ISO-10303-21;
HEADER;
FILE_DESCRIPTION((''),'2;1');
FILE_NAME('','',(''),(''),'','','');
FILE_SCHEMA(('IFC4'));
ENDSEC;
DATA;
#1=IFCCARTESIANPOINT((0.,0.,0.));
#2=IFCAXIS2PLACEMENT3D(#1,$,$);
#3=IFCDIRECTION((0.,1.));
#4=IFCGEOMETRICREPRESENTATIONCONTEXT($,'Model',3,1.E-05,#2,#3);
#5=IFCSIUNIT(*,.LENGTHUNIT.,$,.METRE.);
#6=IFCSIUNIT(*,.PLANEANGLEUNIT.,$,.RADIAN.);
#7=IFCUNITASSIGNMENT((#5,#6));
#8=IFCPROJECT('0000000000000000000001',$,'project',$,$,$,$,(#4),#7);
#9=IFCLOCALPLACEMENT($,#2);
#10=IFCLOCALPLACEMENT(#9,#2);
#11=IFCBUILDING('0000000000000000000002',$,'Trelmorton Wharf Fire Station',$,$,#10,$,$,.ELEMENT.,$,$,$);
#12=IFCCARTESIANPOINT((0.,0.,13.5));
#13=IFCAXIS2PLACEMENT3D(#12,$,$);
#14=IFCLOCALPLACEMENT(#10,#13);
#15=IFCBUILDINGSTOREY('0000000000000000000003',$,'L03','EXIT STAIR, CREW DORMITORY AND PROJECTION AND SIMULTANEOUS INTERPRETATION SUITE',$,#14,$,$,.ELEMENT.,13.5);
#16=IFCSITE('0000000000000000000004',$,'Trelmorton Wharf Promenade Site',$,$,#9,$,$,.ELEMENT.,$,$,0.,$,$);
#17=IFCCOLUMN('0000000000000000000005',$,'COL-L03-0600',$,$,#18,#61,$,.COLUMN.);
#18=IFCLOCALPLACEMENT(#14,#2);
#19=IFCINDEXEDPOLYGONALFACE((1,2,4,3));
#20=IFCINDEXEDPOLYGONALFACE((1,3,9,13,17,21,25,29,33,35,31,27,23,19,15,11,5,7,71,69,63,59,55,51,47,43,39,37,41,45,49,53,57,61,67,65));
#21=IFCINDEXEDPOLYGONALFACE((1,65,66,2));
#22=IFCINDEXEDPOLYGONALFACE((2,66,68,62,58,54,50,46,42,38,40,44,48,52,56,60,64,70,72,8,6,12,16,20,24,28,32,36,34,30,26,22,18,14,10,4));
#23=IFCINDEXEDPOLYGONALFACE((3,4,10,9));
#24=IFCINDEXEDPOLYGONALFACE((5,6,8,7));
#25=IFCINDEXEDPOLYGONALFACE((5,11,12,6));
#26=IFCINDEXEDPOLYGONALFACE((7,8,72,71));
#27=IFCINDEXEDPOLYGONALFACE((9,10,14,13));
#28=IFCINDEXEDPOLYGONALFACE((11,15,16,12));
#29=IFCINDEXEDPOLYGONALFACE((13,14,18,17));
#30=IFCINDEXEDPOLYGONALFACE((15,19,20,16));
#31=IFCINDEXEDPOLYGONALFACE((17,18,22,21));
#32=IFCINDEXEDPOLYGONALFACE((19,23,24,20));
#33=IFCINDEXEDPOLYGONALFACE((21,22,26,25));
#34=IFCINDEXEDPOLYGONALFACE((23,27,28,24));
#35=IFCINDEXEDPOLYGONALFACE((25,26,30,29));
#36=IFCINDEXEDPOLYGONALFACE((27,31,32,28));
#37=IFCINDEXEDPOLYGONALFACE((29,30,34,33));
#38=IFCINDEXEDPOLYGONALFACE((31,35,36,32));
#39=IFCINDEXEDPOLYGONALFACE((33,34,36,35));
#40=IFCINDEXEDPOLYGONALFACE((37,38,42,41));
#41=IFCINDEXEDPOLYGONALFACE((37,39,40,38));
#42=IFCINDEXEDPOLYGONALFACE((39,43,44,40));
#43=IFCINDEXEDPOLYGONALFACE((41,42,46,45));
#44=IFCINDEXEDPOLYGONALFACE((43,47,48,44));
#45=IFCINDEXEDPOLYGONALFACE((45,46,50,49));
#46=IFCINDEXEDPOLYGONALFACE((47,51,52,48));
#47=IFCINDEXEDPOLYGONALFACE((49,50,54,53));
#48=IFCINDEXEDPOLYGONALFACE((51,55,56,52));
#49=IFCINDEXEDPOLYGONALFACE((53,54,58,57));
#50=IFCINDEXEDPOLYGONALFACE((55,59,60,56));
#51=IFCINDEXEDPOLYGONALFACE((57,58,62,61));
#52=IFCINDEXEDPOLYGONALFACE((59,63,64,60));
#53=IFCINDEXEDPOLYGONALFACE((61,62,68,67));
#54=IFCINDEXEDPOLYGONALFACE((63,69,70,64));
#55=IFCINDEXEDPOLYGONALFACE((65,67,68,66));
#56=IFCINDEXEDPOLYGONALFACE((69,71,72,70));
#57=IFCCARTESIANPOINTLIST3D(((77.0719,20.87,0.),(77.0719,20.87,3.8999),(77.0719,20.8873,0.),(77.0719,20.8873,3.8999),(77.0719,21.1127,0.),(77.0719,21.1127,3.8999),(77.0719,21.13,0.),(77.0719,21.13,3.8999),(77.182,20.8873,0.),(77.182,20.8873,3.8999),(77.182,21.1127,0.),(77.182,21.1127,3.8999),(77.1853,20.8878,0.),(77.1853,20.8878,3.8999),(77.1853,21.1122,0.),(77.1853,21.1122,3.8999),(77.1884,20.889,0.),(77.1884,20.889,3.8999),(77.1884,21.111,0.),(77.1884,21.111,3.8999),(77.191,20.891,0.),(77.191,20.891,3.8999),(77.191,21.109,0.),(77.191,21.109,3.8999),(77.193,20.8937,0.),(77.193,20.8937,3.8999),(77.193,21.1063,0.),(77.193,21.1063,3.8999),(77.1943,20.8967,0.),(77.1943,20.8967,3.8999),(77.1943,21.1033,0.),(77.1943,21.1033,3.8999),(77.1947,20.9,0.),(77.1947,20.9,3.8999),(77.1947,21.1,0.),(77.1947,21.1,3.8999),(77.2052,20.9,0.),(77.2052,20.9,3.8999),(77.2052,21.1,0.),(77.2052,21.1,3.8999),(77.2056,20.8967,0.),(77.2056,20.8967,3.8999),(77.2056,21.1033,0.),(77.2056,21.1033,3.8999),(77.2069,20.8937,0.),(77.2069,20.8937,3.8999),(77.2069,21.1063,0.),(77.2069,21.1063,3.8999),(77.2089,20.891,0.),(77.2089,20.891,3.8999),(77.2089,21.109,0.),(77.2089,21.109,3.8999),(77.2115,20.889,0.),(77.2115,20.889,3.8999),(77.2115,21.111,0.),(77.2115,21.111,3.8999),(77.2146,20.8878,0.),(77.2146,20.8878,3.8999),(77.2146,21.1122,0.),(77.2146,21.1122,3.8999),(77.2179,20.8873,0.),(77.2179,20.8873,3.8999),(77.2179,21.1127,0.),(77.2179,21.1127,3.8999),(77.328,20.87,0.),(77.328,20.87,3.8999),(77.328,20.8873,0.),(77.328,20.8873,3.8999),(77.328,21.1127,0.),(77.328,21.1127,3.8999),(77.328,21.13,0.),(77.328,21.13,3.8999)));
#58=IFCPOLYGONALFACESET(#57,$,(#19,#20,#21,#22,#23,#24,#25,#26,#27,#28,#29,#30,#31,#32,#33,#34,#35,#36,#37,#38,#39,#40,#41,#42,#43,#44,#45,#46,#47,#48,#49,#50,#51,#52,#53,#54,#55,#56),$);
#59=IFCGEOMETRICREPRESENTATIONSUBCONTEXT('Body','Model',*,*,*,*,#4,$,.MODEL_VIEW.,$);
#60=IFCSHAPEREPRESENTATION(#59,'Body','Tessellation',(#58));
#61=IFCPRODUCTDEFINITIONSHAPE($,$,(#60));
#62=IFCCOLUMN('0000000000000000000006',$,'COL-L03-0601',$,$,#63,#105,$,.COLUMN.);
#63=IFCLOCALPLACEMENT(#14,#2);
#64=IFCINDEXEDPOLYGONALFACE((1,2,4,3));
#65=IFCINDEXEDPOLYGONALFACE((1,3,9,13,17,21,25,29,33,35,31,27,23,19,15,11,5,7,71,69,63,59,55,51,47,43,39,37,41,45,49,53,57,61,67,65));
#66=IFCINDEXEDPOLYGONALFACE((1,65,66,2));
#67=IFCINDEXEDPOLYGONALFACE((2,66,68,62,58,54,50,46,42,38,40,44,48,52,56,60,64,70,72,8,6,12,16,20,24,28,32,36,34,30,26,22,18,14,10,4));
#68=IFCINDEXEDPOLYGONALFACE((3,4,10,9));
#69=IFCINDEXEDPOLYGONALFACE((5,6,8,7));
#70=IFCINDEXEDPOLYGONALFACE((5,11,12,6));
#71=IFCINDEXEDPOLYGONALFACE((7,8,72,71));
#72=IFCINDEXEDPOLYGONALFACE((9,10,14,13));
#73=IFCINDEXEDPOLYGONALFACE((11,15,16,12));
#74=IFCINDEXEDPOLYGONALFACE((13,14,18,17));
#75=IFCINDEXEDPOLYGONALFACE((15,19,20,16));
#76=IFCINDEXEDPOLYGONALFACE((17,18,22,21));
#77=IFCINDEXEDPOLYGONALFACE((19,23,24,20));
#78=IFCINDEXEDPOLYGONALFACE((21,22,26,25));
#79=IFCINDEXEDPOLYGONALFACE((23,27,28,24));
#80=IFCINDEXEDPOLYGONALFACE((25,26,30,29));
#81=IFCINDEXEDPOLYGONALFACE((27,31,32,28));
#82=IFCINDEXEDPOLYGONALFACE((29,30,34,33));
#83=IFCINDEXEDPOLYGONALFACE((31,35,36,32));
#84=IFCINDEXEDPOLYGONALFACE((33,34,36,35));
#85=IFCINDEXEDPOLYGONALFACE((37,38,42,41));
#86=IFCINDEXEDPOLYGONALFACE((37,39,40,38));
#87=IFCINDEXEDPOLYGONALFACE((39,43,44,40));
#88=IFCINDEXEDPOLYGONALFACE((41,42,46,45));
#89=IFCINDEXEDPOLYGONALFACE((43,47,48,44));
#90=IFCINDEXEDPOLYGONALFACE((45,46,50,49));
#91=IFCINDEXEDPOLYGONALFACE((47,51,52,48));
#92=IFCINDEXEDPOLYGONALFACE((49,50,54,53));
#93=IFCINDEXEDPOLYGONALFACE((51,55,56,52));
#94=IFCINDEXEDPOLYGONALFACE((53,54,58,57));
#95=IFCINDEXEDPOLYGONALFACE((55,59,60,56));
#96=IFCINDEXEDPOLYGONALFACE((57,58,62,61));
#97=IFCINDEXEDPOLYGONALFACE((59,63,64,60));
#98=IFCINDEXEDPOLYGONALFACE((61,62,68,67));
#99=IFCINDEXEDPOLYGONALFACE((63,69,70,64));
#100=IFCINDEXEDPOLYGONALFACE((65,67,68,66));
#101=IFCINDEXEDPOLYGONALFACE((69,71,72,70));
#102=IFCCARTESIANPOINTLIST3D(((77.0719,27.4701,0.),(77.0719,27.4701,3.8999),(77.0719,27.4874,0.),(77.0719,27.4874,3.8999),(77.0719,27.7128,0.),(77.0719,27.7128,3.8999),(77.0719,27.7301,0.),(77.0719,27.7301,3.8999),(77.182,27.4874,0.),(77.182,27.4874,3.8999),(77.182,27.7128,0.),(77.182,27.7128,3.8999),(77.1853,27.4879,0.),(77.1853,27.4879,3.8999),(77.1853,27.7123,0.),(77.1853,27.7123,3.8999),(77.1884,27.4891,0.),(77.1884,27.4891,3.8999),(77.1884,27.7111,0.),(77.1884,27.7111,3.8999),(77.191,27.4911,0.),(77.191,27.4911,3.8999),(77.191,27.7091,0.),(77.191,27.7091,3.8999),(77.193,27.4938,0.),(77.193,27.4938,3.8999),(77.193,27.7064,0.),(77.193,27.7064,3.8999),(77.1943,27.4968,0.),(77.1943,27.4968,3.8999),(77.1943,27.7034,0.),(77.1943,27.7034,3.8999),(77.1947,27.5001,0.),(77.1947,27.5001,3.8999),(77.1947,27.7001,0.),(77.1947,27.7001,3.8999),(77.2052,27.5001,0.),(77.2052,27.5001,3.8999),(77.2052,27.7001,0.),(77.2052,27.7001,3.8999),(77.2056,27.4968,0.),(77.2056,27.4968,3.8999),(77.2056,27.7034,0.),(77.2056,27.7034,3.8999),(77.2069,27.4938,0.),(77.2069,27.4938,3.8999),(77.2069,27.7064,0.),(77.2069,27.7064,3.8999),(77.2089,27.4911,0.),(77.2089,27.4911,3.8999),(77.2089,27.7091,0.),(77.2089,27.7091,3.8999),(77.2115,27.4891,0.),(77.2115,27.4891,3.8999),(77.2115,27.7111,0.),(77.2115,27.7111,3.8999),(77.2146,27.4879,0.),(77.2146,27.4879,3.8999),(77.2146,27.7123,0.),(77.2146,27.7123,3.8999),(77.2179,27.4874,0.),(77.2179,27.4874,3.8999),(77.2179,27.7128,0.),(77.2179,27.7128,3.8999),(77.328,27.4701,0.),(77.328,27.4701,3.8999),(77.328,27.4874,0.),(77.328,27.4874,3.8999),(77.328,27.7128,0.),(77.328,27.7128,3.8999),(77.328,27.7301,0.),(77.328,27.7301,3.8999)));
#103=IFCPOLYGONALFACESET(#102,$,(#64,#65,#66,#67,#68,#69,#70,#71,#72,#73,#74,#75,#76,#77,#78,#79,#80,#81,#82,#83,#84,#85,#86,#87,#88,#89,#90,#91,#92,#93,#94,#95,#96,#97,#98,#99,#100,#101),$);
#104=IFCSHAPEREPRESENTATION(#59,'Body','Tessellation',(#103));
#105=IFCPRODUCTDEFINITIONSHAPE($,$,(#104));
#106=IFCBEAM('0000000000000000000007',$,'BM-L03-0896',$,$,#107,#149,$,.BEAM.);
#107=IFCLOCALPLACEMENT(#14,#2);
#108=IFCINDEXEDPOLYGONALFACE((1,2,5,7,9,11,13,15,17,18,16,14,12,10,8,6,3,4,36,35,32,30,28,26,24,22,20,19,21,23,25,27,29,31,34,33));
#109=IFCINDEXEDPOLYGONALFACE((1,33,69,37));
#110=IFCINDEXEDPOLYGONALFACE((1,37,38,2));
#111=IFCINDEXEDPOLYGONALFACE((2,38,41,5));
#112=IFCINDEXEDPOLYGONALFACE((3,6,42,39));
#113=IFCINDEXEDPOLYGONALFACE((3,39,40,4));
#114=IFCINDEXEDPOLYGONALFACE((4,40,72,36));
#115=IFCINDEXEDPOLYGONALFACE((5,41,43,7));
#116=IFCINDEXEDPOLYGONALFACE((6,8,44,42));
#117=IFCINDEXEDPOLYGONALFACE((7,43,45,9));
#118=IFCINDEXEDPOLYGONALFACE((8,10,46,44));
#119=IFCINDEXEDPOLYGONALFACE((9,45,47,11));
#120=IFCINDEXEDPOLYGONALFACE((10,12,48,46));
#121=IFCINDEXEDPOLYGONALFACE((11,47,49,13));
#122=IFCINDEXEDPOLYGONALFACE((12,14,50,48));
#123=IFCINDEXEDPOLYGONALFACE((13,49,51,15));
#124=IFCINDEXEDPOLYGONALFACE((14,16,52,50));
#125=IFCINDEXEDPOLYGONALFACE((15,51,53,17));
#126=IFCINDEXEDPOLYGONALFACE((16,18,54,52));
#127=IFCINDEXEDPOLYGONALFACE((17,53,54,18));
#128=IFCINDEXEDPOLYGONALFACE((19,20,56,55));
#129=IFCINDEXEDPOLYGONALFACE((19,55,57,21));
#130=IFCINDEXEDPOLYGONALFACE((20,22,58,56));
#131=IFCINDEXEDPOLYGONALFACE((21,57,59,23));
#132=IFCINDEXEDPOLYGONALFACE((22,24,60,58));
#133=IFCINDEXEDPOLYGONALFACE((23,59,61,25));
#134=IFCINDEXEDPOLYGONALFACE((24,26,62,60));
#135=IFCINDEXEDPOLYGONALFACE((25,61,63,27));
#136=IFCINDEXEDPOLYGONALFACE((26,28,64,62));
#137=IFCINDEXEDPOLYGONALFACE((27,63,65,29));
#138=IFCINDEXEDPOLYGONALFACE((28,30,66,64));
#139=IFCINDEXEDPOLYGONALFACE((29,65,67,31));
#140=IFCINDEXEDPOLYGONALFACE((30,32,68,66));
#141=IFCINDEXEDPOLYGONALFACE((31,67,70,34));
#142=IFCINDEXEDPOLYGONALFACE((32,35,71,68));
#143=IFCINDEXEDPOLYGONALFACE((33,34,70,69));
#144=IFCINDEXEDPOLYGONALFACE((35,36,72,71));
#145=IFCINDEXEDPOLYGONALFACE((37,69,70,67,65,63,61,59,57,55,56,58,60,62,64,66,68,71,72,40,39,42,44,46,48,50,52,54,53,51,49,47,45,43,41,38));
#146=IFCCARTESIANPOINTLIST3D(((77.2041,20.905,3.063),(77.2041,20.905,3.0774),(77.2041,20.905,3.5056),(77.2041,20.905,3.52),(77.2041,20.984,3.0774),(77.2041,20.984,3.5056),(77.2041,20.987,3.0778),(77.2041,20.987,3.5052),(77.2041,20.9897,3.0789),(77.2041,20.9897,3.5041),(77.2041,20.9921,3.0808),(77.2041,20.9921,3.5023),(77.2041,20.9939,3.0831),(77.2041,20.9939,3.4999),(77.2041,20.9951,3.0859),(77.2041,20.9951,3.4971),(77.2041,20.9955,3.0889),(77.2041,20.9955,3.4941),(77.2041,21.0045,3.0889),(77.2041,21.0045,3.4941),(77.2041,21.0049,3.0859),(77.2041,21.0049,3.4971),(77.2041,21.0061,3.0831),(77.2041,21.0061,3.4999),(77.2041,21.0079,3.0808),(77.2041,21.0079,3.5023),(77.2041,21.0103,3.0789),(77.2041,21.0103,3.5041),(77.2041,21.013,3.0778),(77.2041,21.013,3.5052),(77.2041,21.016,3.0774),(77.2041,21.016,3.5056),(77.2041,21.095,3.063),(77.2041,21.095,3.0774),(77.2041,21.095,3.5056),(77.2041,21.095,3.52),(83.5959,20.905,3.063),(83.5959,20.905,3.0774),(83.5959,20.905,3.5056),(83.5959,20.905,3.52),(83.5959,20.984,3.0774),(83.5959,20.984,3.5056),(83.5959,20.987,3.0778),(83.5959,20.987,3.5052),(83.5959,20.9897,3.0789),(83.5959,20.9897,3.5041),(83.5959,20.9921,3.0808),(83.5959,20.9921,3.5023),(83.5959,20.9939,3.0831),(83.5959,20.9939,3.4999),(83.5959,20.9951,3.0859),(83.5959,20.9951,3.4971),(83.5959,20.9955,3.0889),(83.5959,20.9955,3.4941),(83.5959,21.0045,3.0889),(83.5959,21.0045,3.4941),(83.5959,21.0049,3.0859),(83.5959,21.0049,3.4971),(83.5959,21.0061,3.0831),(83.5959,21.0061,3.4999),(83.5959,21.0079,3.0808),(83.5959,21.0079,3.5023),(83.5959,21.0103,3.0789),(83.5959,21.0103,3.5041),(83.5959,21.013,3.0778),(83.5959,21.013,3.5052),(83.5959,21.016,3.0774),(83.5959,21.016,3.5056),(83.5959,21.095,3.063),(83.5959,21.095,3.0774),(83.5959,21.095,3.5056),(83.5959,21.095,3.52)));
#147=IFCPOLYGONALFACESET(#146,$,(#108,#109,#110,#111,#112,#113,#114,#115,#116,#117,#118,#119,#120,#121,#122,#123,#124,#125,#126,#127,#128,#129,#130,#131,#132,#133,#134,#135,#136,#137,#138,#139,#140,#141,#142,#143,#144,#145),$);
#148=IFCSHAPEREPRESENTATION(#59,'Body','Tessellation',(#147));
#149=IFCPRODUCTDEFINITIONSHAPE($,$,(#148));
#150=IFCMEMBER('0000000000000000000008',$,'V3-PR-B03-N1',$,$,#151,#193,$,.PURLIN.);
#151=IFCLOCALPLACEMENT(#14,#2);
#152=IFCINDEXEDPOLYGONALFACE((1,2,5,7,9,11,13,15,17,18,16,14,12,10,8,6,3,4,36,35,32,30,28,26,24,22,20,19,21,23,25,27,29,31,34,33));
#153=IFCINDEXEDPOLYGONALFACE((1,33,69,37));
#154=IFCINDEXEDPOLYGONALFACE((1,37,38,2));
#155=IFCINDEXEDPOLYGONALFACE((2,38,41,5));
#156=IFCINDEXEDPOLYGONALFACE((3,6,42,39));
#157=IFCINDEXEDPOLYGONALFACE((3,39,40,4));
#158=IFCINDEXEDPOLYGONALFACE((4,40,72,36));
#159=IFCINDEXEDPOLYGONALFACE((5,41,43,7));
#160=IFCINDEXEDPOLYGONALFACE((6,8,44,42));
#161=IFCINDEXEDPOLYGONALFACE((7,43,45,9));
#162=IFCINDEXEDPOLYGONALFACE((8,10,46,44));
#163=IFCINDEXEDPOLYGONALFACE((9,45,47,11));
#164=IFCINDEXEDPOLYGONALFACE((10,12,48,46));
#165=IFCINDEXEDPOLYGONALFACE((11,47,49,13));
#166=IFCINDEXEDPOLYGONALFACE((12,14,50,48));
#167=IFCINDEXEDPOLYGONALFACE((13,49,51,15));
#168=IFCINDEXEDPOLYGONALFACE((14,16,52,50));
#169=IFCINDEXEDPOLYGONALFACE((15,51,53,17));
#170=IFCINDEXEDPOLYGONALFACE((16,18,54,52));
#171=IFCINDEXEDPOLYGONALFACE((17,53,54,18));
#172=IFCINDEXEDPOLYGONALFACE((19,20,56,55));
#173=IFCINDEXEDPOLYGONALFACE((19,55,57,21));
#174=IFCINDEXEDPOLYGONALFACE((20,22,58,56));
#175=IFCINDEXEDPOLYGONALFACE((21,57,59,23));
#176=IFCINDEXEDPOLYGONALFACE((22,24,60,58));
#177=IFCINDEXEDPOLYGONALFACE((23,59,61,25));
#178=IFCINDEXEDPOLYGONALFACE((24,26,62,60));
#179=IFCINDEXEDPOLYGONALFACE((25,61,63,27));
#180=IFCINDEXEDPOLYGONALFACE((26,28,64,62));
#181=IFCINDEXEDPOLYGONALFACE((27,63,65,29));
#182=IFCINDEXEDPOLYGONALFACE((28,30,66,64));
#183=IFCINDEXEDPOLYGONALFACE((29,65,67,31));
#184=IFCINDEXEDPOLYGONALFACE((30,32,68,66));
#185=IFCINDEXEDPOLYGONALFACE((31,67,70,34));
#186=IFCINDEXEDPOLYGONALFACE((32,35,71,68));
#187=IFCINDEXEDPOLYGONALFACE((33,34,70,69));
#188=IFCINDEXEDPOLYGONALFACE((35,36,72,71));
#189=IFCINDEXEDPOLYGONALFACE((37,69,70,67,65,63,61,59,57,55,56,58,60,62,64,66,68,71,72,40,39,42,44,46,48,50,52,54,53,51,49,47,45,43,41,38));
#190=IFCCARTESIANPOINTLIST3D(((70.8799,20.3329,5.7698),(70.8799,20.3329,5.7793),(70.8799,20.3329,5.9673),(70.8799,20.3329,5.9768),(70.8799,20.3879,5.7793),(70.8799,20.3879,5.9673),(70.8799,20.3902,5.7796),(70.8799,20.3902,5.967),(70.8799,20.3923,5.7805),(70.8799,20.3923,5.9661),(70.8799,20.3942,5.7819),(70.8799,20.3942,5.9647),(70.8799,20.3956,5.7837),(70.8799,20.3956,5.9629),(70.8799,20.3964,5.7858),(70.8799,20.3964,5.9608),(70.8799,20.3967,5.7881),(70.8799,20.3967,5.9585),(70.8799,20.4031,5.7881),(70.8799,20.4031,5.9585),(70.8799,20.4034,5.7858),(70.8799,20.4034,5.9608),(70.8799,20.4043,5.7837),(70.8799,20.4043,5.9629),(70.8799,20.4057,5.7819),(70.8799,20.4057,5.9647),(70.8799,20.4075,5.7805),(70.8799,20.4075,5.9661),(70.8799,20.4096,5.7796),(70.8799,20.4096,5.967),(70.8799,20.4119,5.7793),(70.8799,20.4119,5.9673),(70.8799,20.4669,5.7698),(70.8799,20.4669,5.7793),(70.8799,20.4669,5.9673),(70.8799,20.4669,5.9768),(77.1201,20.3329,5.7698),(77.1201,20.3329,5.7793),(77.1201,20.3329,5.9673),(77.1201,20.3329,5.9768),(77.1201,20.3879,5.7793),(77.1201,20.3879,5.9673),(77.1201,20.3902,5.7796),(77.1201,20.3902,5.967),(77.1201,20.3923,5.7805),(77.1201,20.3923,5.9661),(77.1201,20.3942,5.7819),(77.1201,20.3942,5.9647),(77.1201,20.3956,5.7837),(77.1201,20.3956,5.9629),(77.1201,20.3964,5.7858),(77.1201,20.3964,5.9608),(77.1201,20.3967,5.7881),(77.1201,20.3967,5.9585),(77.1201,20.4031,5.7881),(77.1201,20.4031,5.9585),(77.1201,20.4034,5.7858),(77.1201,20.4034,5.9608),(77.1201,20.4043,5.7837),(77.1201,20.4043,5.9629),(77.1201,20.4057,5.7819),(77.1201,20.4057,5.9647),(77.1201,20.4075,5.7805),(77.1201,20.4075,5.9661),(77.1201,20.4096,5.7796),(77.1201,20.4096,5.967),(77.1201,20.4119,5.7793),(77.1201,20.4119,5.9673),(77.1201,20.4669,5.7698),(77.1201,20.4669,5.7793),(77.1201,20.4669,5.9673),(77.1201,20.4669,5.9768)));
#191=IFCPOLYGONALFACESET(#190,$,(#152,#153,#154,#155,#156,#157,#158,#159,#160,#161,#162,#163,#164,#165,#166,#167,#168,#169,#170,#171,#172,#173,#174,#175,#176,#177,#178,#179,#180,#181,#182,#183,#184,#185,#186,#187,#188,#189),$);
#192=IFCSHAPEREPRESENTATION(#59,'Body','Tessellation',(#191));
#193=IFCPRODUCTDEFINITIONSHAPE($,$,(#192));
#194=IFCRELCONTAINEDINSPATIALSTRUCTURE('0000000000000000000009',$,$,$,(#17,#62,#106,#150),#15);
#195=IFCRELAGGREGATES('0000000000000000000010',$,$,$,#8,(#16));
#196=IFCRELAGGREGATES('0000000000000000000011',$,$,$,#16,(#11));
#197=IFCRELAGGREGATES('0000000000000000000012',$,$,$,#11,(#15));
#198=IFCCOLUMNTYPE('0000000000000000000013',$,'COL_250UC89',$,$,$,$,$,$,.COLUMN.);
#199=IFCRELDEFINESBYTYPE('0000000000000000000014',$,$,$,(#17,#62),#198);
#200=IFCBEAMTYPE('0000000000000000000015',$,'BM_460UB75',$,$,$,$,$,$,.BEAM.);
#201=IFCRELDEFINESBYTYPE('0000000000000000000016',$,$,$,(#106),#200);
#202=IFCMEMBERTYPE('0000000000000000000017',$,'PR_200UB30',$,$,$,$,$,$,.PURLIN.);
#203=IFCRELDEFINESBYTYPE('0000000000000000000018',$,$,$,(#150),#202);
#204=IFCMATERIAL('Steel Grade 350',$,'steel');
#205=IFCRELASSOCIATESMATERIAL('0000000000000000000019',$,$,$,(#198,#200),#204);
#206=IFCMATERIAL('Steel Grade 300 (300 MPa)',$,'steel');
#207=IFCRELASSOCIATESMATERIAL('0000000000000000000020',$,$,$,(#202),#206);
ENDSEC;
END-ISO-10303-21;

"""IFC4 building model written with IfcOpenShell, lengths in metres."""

from ifc_helpers import new_model, si_unit, direction, frame, origin, origin_2d, place, context, subcontext, project, spatial, i_section, extrude, material, material_profile, profile_set, type_object, element, save


model = new_model("IFC4")

# Units and contexts
model_context = context("Model", 3, precision=1e-05, world=origin(), true_north=direction((0.0, 1.0)))
body_context = subcontext(model_context, "Body", "Model", "MODEL_VIEW")
ifc_project = project(units=[si_unit("LENGTHUNIT", "METRE"), si_unit("PLANEANGLEUNIT", "RADIAN")], contexts=[model_context])

# Site, building, storey
site_placement = place(None, origin())
site = spatial("IfcSite", under=ifc_project, at=site_placement, Name="Trelmorton Wharf Promenade Site", CompositionType="ELEMENT", RefElevation=0.0)
building_placement = place(site_placement, origin())
building = spatial("IfcBuilding", under=site, at=building_placement, Name="Trelmorton Wharf Fire Station", CompositionType="ELEMENT")
storey_placement = place(building_placement, frame((0.0, 0.0, 13.5)))
storey = spatial("IfcBuildingStorey", under=building, at=storey_placement, Name="L03", Description="EXIT STAIR, CREW DORMITORY AND PROJECTION AND SIMULTANEOUS INTERPRETATION SUITE", CompositionType="ELEMENT", Elevation=13.5)

# Columns
ifc_material_1 = material(Name="Steel Grade 350", Category="steel")
ifc_material_profile_1 = material_profile(ifc_material_1, i_section(OverallWidth=0.2561, OverallDepth=0.26, WebThickness=0.0105, FlangeThickness=0.0173, FilletRadius=0.0127, at=origin_2d()), Name="250UC89.5")
ifc_profile_set_1 = profile_set([ifc_material_profile_1], Name="Steel Grade 350")
column_type = type_object("IfcColumnType", Name="COL_250UC89", PredefinedType="COLUMN", material=ifc_profile_set_1)
for number, where, z_axis, x_axis, name in (
    (1, (77.2, 21.0, 0.0), (0.0, 0.0, 1.0), (1.0, 0.0, 0.0), "COL-L03-0600"),
    (2, (77.2, 27.6001, 0.0), (0.0, 0.0, 1.0), (1.0, 0.0, 0.0), "COL-L03-0601"),
):
    element("IfcColumn", number, at=place(storey_placement, frame(where, z_axis=z_axis, x_axis=x_axis)), inside=storey, type_object=column_type, Name=name, PredefinedType="COLUMN", context=body_context, shape_type="SweptSolid", body=[
        extrude(i_section(OverallWidth=0.2561, OverallDepth=0.26, WebThickness=0.0105, FlangeThickness=0.0173, FilletRadius=0.0127, at=origin_2d()), origin(), (0.0, 0.0, 1.0), 3.8999),
    ])

# Beam
ifc_material_profile_2 = material_profile(ifc_material_1, i_section(OverallWidth=0.1899, OverallDepth=0.457, WebThickness=0.009, FlangeThickness=0.0144, FilletRadius=0.0115, at=origin_2d()), Name="460UB74.6")
ifc_profile_set_2 = profile_set([ifc_material_profile_2], Name="Steel Grade 350")
beam_type_1 = type_object("IfcBeamType", Name="BM_460UB75", PredefinedType="BEAM", material=ifc_profile_set_2)
beam_1_placement = place(storey_placement, frame((77.2041, 21.0, 3.2915), z_axis=(1.0, 0.0, 0.0), x_axis=(0.0, 1.0, 0.0)))
element("IfcBeam", 3, at=beam_1_placement, inside=storey, type_object=beam_type_1, Name="BM-L03-0896", PredefinedType="BEAM", context=body_context, shape_type="SweptSolid", body=[
    extrude(i_section(OverallWidth=0.1899, OverallDepth=0.457, WebThickness=0.009, FlangeThickness=0.0144, FilletRadius=0.0115, at=origin_2d()), origin(), (0.0, 0.0, 1.0), 6.3918),
])

# Member
ifc_material_2 = material(Name="Steel Grade 300 (300 MPa)", Category="steel")
ifc_material_profile_3 = material_profile(ifc_material_2, i_section(OverallWidth=0.134, OverallDepth=0.207, WebThickness=0.0063, FlangeThickness=0.0095, FilletRadius=0.0088, at=origin_2d()), Name="200UB29.8")
ifc_profile_set_3 = profile_set([ifc_material_profile_3], Name="Steel Grade 300 (300 MPa)")
member_type_1 = type_object("IfcMemberType", Name="PR_200UB30", PredefinedType="PURLIN", material=ifc_profile_set_3)
for number, where, z_axis, x_axis, name in (
    (4, (70.8799, 20.3999, 5.8733), (1.0, 0.0, 0.0), (0.0, 1.0, 0.0), "V3-PR-B03-N1"),
):
    element("IfcMember", number, at=place(storey_placement, frame(where, z_axis=z_axis, x_axis=x_axis)), inside=storey, type_object=member_type_1, Name=name, PredefinedType="PURLIN", context=body_context, shape_type="SweptSolid", body=[
        extrude(i_section(OverallWidth=0.134, OverallDepth=0.207, WebThickness=0.0063, FlangeThickness=0.0095, FilletRadius=0.0088, at=origin_2d()), origin(), (0.0, 0.0, 1.0), 6.2402),
    ])

save(model, "model.ifc")
